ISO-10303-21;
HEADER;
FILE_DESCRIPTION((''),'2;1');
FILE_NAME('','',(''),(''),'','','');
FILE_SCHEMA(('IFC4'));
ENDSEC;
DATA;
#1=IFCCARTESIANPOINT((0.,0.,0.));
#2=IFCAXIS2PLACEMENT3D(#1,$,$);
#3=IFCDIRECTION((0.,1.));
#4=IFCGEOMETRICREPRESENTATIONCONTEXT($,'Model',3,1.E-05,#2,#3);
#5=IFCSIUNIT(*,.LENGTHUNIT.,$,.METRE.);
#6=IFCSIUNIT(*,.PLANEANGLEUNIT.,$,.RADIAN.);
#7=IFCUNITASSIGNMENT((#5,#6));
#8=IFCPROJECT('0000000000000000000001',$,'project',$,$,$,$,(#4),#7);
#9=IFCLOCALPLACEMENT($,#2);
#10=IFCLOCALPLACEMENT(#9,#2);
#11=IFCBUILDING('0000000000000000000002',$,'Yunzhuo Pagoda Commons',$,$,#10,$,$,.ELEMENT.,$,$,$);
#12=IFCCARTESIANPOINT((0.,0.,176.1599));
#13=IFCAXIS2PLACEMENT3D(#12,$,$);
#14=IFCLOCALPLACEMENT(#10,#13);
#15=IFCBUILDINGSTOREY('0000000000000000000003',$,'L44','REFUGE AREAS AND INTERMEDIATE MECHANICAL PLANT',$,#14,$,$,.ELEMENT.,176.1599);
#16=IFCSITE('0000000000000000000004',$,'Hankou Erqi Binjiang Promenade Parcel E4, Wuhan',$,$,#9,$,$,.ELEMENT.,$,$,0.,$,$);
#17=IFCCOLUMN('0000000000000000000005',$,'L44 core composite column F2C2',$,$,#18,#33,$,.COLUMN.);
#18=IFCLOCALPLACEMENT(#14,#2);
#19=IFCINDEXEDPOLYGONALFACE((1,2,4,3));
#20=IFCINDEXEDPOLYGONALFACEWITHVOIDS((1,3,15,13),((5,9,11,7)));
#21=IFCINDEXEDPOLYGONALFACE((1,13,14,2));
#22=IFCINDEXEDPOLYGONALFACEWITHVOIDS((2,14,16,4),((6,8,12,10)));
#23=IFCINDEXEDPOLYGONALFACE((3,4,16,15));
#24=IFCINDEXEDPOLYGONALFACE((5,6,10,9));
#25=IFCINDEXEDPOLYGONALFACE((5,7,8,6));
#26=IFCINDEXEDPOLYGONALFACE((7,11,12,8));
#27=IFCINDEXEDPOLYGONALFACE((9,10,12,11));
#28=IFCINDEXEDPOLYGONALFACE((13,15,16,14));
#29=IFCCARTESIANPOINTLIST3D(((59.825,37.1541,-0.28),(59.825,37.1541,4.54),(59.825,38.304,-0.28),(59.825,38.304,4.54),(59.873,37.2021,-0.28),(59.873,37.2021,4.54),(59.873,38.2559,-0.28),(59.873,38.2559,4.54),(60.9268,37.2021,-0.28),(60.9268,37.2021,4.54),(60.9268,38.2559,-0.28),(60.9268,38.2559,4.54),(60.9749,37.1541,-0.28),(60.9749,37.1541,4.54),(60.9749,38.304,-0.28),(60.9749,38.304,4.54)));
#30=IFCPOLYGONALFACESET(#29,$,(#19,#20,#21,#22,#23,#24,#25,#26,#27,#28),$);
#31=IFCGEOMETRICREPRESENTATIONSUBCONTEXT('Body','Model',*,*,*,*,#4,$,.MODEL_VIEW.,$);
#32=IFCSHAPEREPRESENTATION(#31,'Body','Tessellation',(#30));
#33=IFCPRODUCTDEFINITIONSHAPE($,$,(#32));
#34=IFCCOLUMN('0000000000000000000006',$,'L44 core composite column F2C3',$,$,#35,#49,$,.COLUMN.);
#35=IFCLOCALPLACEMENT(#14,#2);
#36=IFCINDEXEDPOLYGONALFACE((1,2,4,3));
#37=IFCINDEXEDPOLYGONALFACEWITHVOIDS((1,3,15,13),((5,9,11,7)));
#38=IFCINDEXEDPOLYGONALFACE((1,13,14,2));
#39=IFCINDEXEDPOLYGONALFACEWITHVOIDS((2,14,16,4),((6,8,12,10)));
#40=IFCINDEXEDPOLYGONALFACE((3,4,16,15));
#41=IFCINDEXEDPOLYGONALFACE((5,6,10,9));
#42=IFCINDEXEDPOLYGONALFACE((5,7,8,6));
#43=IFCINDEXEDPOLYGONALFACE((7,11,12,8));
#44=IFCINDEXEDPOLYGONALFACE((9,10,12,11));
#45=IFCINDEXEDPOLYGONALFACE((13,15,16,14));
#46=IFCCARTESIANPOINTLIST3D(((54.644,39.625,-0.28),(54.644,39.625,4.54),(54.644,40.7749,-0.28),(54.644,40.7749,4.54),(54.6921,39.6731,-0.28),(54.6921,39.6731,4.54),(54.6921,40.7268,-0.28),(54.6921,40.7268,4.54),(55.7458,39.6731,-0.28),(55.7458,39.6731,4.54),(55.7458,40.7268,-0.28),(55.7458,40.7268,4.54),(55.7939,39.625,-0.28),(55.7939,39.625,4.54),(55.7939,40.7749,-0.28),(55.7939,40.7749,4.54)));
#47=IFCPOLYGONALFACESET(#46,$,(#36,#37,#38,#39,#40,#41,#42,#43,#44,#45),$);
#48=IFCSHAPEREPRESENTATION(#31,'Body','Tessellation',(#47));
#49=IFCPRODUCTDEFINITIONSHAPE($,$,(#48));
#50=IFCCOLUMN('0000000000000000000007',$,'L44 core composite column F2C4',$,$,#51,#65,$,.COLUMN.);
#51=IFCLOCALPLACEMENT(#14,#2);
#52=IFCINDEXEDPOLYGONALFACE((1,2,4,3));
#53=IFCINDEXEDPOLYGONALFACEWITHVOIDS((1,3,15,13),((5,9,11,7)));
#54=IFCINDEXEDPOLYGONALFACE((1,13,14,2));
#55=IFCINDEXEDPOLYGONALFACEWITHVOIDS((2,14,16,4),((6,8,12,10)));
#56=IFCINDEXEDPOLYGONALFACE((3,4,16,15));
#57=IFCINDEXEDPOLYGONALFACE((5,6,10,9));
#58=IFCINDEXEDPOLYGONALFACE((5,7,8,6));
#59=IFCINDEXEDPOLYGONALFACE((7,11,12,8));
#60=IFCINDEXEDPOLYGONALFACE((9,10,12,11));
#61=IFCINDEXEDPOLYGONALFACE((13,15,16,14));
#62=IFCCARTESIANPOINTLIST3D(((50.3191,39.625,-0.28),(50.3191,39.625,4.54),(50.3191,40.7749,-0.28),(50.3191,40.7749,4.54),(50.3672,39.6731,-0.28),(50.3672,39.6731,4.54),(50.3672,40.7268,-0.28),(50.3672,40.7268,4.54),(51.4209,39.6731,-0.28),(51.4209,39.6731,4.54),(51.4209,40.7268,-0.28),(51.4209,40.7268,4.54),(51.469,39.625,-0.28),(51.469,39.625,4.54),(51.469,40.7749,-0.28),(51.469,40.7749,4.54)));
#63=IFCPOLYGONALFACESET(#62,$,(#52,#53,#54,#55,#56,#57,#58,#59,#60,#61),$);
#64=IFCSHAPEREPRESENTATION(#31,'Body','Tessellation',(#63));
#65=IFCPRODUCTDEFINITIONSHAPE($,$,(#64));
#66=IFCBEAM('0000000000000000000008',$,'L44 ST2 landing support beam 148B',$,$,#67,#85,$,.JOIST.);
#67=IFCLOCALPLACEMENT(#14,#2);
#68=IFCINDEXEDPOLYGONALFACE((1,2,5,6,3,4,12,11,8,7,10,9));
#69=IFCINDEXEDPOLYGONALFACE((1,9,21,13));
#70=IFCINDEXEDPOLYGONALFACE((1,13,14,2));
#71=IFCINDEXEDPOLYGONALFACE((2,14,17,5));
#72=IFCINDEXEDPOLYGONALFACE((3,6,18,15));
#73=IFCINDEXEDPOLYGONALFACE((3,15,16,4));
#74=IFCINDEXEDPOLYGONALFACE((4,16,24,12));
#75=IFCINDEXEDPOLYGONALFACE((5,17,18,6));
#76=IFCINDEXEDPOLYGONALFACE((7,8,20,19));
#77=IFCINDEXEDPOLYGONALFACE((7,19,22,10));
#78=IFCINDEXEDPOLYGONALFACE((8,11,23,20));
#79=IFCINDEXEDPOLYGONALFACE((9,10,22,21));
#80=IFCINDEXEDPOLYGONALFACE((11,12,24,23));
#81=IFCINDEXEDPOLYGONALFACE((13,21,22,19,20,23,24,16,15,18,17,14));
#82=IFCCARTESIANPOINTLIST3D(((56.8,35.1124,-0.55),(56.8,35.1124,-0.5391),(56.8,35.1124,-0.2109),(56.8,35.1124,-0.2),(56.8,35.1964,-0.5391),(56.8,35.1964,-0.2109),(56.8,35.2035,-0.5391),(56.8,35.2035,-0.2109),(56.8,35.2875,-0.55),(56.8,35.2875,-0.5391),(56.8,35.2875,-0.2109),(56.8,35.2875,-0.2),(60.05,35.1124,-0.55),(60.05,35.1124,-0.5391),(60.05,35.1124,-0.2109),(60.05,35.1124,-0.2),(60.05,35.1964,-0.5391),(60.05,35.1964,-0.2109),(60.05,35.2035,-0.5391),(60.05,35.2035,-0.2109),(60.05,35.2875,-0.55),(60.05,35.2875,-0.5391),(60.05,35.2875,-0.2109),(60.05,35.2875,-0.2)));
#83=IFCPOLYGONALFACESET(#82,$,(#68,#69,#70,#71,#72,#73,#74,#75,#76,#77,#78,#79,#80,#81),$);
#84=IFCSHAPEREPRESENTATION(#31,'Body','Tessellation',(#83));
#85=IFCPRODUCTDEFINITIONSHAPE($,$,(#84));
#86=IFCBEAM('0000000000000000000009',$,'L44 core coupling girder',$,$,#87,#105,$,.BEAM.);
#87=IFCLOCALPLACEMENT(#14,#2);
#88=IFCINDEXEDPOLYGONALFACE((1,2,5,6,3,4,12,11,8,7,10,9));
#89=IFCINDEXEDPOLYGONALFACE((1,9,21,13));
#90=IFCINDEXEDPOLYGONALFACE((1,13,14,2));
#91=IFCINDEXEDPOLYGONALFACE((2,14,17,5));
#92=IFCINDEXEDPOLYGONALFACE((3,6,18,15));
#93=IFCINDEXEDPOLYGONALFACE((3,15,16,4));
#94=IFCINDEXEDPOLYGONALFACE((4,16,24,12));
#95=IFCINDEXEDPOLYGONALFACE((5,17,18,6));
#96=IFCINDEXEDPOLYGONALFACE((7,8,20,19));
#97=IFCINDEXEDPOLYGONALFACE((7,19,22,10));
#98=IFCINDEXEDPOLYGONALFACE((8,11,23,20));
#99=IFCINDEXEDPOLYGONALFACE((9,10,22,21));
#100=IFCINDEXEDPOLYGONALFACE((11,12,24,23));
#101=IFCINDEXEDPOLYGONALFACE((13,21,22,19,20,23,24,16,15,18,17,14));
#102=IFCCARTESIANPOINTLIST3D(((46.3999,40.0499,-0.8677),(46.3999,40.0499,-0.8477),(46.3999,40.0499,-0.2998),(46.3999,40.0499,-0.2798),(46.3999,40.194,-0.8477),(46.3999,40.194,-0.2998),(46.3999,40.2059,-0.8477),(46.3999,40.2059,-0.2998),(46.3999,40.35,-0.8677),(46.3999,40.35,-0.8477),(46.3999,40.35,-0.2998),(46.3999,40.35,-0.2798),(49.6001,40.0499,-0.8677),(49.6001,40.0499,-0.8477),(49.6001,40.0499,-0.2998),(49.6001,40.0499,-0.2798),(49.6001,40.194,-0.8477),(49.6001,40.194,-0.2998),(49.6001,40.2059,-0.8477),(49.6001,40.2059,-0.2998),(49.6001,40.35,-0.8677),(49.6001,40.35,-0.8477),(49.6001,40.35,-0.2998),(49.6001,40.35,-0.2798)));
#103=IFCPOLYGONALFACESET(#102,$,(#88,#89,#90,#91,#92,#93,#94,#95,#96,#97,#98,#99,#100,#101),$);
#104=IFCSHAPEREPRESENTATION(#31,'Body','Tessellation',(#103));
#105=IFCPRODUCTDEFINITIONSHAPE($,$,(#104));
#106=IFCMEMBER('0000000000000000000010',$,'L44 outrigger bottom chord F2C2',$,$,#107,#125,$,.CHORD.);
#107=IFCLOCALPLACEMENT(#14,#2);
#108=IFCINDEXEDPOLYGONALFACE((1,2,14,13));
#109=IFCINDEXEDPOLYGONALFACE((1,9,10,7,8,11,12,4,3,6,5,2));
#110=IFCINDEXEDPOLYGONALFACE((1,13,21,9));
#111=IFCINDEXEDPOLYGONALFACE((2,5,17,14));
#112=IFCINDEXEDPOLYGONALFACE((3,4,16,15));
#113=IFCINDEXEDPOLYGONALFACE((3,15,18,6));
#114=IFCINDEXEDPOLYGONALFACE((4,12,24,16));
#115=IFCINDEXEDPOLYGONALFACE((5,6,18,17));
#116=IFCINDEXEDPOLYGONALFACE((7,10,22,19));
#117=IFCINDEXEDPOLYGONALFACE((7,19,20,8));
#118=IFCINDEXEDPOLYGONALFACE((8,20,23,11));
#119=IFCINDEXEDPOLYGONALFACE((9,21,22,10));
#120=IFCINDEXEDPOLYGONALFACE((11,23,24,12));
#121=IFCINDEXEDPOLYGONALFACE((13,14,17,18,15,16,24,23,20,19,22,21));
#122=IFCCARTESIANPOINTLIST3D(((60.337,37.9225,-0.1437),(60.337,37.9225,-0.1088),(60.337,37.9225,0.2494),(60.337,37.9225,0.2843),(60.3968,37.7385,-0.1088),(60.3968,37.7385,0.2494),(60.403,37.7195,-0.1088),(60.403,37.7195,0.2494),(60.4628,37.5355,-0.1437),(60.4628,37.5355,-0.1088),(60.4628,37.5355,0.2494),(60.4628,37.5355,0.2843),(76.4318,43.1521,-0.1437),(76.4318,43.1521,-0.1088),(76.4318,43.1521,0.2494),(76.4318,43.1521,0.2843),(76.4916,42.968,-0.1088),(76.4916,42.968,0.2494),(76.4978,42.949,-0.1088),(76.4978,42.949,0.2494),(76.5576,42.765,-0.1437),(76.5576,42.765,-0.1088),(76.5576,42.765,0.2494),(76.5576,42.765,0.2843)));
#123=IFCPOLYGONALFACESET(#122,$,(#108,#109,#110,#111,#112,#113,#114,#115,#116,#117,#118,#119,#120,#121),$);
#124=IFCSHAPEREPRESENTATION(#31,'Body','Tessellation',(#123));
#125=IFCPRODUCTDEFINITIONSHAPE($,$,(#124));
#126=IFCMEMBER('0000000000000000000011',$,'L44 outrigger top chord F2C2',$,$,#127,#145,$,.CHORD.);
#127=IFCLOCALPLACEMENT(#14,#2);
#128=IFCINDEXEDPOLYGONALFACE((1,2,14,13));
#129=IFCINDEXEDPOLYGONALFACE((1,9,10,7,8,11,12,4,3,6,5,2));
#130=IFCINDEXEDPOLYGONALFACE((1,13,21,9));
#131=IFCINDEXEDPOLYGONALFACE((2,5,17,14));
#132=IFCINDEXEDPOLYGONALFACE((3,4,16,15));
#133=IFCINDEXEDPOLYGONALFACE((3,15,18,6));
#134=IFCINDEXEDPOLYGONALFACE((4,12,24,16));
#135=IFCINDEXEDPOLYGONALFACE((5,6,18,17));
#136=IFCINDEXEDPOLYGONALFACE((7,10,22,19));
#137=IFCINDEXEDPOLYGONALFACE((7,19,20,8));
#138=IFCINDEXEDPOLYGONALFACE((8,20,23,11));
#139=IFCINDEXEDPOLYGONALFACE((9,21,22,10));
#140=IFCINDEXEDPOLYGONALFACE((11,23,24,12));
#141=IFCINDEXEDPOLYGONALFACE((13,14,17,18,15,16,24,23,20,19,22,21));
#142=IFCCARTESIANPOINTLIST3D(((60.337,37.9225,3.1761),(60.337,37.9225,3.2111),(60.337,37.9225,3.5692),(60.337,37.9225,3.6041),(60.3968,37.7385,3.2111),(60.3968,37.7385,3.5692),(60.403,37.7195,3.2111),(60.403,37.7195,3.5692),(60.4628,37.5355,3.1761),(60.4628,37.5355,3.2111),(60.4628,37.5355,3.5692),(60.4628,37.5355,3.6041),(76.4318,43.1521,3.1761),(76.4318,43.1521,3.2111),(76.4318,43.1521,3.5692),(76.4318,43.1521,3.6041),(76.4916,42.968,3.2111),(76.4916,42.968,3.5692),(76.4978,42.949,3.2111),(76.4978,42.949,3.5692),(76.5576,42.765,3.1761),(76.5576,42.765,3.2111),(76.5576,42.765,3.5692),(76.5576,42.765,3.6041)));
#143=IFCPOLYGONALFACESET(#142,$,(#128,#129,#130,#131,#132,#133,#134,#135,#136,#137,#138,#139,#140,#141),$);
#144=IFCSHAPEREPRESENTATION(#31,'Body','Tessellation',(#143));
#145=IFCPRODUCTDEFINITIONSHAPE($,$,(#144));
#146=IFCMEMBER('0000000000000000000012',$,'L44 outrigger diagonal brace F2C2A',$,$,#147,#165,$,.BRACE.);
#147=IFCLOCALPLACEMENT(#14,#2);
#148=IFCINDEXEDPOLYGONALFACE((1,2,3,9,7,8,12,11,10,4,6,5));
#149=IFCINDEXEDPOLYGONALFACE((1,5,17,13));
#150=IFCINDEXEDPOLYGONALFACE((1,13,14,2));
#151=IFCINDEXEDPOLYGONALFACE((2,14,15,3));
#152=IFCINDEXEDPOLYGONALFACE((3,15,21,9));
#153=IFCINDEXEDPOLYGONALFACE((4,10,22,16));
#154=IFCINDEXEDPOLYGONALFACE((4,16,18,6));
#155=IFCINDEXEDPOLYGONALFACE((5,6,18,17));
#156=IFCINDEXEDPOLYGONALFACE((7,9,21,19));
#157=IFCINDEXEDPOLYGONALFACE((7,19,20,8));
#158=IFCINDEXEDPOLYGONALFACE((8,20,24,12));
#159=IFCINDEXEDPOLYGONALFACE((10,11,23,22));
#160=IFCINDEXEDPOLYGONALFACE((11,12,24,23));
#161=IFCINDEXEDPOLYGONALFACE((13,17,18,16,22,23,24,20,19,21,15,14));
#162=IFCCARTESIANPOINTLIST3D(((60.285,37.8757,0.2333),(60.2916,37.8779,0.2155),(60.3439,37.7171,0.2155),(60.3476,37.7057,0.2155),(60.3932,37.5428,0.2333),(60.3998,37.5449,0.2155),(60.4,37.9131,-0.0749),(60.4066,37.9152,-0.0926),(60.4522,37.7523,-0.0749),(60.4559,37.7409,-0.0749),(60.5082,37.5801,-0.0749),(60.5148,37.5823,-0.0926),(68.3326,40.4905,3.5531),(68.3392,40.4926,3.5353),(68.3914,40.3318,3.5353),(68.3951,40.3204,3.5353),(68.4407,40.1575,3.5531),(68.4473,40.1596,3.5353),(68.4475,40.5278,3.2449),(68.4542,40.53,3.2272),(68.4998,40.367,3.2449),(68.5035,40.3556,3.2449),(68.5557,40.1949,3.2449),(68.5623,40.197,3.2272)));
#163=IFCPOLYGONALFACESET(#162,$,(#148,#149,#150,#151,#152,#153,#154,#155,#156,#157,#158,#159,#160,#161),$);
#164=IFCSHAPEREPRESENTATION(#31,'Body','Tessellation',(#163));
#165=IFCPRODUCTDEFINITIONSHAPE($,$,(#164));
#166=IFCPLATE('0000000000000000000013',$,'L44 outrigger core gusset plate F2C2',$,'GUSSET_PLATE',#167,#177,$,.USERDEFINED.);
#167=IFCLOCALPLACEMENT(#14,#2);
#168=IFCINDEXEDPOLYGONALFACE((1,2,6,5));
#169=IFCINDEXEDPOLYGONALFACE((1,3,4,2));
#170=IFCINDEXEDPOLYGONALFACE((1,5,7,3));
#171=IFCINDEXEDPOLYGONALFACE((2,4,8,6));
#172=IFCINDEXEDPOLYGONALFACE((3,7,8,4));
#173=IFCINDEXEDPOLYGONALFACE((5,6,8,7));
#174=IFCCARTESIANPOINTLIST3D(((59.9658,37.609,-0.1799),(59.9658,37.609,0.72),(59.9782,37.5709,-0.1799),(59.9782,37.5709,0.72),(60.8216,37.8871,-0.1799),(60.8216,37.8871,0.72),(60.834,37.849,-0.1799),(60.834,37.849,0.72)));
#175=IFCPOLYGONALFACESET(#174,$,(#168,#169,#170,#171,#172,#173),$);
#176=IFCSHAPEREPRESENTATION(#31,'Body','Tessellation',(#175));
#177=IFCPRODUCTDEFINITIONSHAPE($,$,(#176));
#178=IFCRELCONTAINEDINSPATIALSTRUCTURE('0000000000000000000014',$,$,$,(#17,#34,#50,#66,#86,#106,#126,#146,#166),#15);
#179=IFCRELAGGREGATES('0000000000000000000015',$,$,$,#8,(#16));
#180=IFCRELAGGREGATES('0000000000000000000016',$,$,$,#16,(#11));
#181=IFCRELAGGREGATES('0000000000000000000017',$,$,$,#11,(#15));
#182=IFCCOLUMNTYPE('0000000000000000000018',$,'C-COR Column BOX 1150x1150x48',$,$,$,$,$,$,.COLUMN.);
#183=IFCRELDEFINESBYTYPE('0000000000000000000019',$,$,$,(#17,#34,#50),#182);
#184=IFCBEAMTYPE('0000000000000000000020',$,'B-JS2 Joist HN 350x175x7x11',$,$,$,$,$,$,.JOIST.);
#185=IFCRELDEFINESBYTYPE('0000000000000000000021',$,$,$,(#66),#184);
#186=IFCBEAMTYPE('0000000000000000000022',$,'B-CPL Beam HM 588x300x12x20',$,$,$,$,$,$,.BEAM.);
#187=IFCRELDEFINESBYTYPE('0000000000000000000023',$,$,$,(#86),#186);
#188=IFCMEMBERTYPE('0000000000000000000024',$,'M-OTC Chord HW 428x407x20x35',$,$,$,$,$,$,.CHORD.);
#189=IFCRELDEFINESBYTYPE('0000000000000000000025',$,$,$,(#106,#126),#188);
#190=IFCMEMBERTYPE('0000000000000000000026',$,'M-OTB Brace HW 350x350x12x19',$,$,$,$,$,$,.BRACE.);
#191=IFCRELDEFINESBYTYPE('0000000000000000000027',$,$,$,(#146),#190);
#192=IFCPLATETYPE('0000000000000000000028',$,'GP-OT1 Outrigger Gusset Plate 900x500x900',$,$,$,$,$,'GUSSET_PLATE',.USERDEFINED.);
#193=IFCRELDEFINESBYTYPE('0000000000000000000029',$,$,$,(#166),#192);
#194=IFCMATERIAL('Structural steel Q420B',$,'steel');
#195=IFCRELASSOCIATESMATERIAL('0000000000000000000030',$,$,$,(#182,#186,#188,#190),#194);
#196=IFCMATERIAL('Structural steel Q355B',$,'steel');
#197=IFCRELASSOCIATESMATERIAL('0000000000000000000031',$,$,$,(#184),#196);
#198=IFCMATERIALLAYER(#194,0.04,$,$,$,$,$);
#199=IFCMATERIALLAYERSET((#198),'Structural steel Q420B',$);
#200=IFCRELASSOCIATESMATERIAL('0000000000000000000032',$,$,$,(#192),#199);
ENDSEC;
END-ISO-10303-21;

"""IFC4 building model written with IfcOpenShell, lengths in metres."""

from ifc_helpers import new_model, si_unit, direction, frame, origin, origin_2d, place, context, subcontext, project, spatial, rectangle, hollow_rectangle, i_section, extrude, source, transform, mapped, material, layer, layer_set, material_profile, profile_set, type_object, element, save


model = new_model("IFC4")

# Units and contexts
model_context = context("Model", 3, precision=1e-05, world=origin(), true_north=direction((0.0, 1.0)))
body_context = subcontext(model_context, "Body", "Model", "MODEL_VIEW")
ifc_project = project(units=[si_unit("LENGTHUNIT", "METRE"), si_unit("PLANEANGLEUNIT", "RADIAN")], contexts=[model_context])

# Site, building, storey
site_placement = place(None, origin())
site = spatial("IfcSite", under=ifc_project, at=site_placement, Name="Hankou Erqi Binjiang Promenade Parcel E4, Wuhan", CompositionType="ELEMENT", RefElevation=0.0)
building_placement = place(site_placement, origin())
building = spatial("IfcBuilding", under=site, at=building_placement, Name="Yunzhuo Pagoda Commons", CompositionType="ELEMENT")
storey_placement = place(building_placement, frame((0.0, 0.0, 176.1599)))
storey = spatial("IfcBuildingStorey", under=building, at=storey_placement, Name="L44", Description="REFUGE AREAS AND INTERMEDIATE MECHANICAL PLANT", CompositionType="ELEMENT", Elevation=176.1599)

# Columns
ifc_material_1 = material(Name="Structural steel Q420B", Category="steel")
ifc_material_profile_1 = material_profile(ifc_material_1, hollow_rectangle(XDim=1.1499, YDim=1.1499, WallThickness=0.0481, at=origin_2d()), Name="Structural steel Q420B")
ifc_profile_set_1 = profile_set([ifc_material_profile_1], Name="Structural steel Q420B")
column_type = type_object("IfcColumnType", Name="C-COR Column BOX 1150x1150x48", PredefinedType="COLUMN", material=ifc_profile_set_1)
shared_shape_1 = source(origin(), body_context, "Body", "SweptSolid", [
    extrude(hollow_rectangle(XDim=1.1499, YDim=1.1499, WallThickness=0.0481, at=origin_2d()), origin(), (0.0, 0.0, 1.0), 4.8201),
])
for number, where, z_axis, x_axis, name in (
    (1, (60.3999, 37.729, -0.28), (0.0, 0.0, 1.0), (1.0, 0.0, 0.0), "L44 core composite column F2C2"),
    (2, (55.219, 40.2, -0.28), (0.0, 0.0, 1.0), (1.0, 0.0, 0.0), "L44 core composite column F2C3"),
    (3, (50.894, 40.2, -0.28), (0.0, 0.0, 1.0), (1.0, 0.0, 0.0), "L44 core composite column F2C4"),
):
    element("IfcColumn", number, at=place(storey_placement, frame(where, z_axis=z_axis, x_axis=x_axis)), inside=storey, type_object=column_type, Name=name, PredefinedType="COLUMN", context=body_context, shape_type="MappedRepresentation", body=[
        mapped(shared_shape_1, transform((0.0, 0.0, 0.0), scale=1.0)),
    ])

# Beams
ifc_material_2 = material(Name="Structural steel Q355B", Category="steel")
ifc_material_profile_2 = material_profile(ifc_material_2, i_section(OverallWidth=0.175, OverallDepth=0.3501, WebThickness=0.0071, FlangeThickness=0.011, at=origin_2d()), Name="Structural steel Q355B")
ifc_profile_set_2 = profile_set([ifc_material_profile_2], Name="Structural steel Q355B")
beam_type_1 = type_object("IfcBeamType", Name="B-JS2 Joist HN 350x175x7x11", PredefinedType="JOIST", material=ifc_profile_set_2)
shared_shape_2 = source(origin(), body_context, "Body", "SweptSolid", [
    extrude(i_section(OverallWidth=0.175, OverallDepth=0.3501, WebThickness=0.0071, FlangeThickness=0.011, at=origin_2d()), origin(), (0.0, 0.0, 1.0), 3.25),
])
beam_1_placement = place(storey_placement, frame((56.8, 35.2, -0.375), z_axis=(1.0, 0.0, 0.0), x_axis=(0.0, 1.0, 0.0)))
element("IfcBeam", 4, at=beam_1_placement, inside=storey, type_object=beam_type_1, Name="L44 ST2 landing support beam 148B", PredefinedType="JOIST", context=body_context, shape_type="MappedRepresentation", body=[
    mapped(shared_shape_2, transform((0.0, 0.0, 0.0), scale=1.0)),
])
ifc_material_profile_3 = material_profile(ifc_material_1, i_section(OverallWidth=0.3, OverallDepth=0.5879, WebThickness=0.012, FlangeThickness=0.02, at=origin_2d()), Name="Structural steel Q420B")
ifc_profile_set_3 = profile_set([ifc_material_profile_3], Name="Structural steel Q420B")
beam_type_2 = type_object("IfcBeamType", Name="B-CPL Beam HM 588x300x12x20", PredefinedType="BEAM", material=ifc_profile_set_3)
shared_shape_3 = source(origin(), body_context, "Body", "SweptSolid", [
    extrude(i_section(OverallWidth=0.3, OverallDepth=0.5879, WebThickness=0.012, FlangeThickness=0.02, at=origin_2d()), origin(), (0.0, 0.0, 1.0), 3.2002),
])
beam_2_placement = place(storey_placement, frame((46.3999, 40.2, -0.5737), z_axis=(1.0, 0.0, 0.0), x_axis=(0.0, 1.0, 0.0)))
element("IfcBeam", 5, at=beam_2_placement, inside=storey, type_object=beam_type_2, Name="L44 core coupling girder", PredefinedType="BEAM", context=body_context, shape_type="MappedRepresentation", body=[
    mapped(shared_shape_3, transform((0.0, 0.0, 0.0), scale=1.0)),
])

# Members
ifc_material_profile_4 = material_profile(ifc_material_1, i_section(OverallWidth=0.407, OverallDepth=0.428, WebThickness=0.02, FlangeThickness=0.0349, at=origin_2d()), Name="Structural steel Q420B")
ifc_profile_set_4 = profile_set([ifc_material_profile_4], Name="Structural steel Q420B")
member_type_1 = type_object("IfcMemberType", Name="M-OTC Chord HW 428x407x20x35", PredefinedType="CHORD", material=ifc_profile_set_4)
shared_shape_4 = source(origin(), body_context, "Body", "SweptSolid", [
    extrude(i_section(OverallWidth=0.407, OverallDepth=0.428, WebThickness=0.02, FlangeThickness=0.0349, at=origin_2d()), origin(), (0.0, 0.0, 1.0), 16.9231),
])
for number, where, z_axis, x_axis, name in (
    (6, (60.3999, 37.729, 0.0703), (0.951057, 0.309017, 0.0), (-0.309017, 0.951057, 0.0), "L44 outrigger bottom chord F2C2"),
    (7, (60.3999, 37.729, 3.3901), (0.951057, 0.309017, 0.0), (-0.309017, 0.951057, 0.0), "L44 outrigger top chord F2C2"),
):
    element("IfcMember", number, at=place(storey_placement, frame(where, z_axis=z_axis, x_axis=x_axis)), inside=storey, type_object=member_type_1, Name=name, PredefinedType="CHORD", context=body_context, shape_type="MappedRepresentation", body=[
        mapped(shared_shape_4, transform((0.0, 0.0, 0.0), scale=1.0)),
    ])
ifc_material_profile_5 = material_profile(ifc_material_1, i_section(OverallWidth=0.3501, OverallDepth=0.3501, WebThickness=0.012, FlangeThickness=0.019, at=origin_2d()), Name="Structural steel Q420B")
ifc_profile_set_5 = profile_set([ifc_material_profile_5], Name="Structural steel Q420B")
member_type_2 = type_object("IfcMemberType", Name="M-OTB Brace HW 350x350x12x19", PredefinedType="BRACE", material=ifc_profile_set_5)
shared_shape_5 = source(origin(), body_context, "Body", "SweptSolid", [
    extrude(i_section(OverallWidth=0.3501, OverallDepth=0.3501, WebThickness=0.012, FlangeThickness=0.019, at=origin_2d()), origin(), (0.0, 0.0, 1.0), 9.0896),
])
member_placement = place(storey_placement, frame((60.3999, 37.729, 0.0703), z_axis=(0.885357, 0.287661, 0.36523), x_axis=(-0.309008, 0.951059, 0.0)))
element("IfcMember", 8, at=member_placement, inside=storey, type_object=member_type_2, Name="L44 outrigger diagonal brace F2C2A", PredefinedType="BRACE", context=body_context, shape_type="MappedRepresentation", body=[
    mapped(shared_shape_5, transform((0.0, 0.0, 0.0), scale=1.0)),
])

# Plate
ifc_layer_1 = layer(ifc_material_1, 0.04)
ifc_layer_set_1 = layer_set([ifc_layer_1], Name="Structural steel Q420B")
plate_type = type_object("IfcPlateType", Name="GP-OT1 Outrigger Gusset Plate 900x500x900", ElementType="GUSSET_PLATE", PredefinedType="USERDEFINED", material=ifc_layer_set_1)
shared_shape_6 = source(origin(), body_context, "Body", "SweptSolid", [
    extrude(rectangle(XDim=0.8999, YDim=0.04, at=origin_2d()), origin(), (0.0, 0.0, 1.0), 0.8999),
])
plate_placement = place(storey_placement, frame((60.3999, 37.729, -0.1799), z_axis=(0.0, 0.0, 1.0), x_axis=(0.951057, 0.309017, 0.0)))
element("IfcPlate", 9, at=plate_placement, inside=storey, type_object=plate_type, Name="L44 outrigger core gusset plate F2C2", ObjectType="GUSSET_PLATE", PredefinedType="USERDEFINED", context=body_context, shape_type="MappedRepresentation", body=[
    mapped(shared_shape_6, transform((0.0, 0.0, 0.0), scale=1.0)),
])

save(model, "model.ifc")
